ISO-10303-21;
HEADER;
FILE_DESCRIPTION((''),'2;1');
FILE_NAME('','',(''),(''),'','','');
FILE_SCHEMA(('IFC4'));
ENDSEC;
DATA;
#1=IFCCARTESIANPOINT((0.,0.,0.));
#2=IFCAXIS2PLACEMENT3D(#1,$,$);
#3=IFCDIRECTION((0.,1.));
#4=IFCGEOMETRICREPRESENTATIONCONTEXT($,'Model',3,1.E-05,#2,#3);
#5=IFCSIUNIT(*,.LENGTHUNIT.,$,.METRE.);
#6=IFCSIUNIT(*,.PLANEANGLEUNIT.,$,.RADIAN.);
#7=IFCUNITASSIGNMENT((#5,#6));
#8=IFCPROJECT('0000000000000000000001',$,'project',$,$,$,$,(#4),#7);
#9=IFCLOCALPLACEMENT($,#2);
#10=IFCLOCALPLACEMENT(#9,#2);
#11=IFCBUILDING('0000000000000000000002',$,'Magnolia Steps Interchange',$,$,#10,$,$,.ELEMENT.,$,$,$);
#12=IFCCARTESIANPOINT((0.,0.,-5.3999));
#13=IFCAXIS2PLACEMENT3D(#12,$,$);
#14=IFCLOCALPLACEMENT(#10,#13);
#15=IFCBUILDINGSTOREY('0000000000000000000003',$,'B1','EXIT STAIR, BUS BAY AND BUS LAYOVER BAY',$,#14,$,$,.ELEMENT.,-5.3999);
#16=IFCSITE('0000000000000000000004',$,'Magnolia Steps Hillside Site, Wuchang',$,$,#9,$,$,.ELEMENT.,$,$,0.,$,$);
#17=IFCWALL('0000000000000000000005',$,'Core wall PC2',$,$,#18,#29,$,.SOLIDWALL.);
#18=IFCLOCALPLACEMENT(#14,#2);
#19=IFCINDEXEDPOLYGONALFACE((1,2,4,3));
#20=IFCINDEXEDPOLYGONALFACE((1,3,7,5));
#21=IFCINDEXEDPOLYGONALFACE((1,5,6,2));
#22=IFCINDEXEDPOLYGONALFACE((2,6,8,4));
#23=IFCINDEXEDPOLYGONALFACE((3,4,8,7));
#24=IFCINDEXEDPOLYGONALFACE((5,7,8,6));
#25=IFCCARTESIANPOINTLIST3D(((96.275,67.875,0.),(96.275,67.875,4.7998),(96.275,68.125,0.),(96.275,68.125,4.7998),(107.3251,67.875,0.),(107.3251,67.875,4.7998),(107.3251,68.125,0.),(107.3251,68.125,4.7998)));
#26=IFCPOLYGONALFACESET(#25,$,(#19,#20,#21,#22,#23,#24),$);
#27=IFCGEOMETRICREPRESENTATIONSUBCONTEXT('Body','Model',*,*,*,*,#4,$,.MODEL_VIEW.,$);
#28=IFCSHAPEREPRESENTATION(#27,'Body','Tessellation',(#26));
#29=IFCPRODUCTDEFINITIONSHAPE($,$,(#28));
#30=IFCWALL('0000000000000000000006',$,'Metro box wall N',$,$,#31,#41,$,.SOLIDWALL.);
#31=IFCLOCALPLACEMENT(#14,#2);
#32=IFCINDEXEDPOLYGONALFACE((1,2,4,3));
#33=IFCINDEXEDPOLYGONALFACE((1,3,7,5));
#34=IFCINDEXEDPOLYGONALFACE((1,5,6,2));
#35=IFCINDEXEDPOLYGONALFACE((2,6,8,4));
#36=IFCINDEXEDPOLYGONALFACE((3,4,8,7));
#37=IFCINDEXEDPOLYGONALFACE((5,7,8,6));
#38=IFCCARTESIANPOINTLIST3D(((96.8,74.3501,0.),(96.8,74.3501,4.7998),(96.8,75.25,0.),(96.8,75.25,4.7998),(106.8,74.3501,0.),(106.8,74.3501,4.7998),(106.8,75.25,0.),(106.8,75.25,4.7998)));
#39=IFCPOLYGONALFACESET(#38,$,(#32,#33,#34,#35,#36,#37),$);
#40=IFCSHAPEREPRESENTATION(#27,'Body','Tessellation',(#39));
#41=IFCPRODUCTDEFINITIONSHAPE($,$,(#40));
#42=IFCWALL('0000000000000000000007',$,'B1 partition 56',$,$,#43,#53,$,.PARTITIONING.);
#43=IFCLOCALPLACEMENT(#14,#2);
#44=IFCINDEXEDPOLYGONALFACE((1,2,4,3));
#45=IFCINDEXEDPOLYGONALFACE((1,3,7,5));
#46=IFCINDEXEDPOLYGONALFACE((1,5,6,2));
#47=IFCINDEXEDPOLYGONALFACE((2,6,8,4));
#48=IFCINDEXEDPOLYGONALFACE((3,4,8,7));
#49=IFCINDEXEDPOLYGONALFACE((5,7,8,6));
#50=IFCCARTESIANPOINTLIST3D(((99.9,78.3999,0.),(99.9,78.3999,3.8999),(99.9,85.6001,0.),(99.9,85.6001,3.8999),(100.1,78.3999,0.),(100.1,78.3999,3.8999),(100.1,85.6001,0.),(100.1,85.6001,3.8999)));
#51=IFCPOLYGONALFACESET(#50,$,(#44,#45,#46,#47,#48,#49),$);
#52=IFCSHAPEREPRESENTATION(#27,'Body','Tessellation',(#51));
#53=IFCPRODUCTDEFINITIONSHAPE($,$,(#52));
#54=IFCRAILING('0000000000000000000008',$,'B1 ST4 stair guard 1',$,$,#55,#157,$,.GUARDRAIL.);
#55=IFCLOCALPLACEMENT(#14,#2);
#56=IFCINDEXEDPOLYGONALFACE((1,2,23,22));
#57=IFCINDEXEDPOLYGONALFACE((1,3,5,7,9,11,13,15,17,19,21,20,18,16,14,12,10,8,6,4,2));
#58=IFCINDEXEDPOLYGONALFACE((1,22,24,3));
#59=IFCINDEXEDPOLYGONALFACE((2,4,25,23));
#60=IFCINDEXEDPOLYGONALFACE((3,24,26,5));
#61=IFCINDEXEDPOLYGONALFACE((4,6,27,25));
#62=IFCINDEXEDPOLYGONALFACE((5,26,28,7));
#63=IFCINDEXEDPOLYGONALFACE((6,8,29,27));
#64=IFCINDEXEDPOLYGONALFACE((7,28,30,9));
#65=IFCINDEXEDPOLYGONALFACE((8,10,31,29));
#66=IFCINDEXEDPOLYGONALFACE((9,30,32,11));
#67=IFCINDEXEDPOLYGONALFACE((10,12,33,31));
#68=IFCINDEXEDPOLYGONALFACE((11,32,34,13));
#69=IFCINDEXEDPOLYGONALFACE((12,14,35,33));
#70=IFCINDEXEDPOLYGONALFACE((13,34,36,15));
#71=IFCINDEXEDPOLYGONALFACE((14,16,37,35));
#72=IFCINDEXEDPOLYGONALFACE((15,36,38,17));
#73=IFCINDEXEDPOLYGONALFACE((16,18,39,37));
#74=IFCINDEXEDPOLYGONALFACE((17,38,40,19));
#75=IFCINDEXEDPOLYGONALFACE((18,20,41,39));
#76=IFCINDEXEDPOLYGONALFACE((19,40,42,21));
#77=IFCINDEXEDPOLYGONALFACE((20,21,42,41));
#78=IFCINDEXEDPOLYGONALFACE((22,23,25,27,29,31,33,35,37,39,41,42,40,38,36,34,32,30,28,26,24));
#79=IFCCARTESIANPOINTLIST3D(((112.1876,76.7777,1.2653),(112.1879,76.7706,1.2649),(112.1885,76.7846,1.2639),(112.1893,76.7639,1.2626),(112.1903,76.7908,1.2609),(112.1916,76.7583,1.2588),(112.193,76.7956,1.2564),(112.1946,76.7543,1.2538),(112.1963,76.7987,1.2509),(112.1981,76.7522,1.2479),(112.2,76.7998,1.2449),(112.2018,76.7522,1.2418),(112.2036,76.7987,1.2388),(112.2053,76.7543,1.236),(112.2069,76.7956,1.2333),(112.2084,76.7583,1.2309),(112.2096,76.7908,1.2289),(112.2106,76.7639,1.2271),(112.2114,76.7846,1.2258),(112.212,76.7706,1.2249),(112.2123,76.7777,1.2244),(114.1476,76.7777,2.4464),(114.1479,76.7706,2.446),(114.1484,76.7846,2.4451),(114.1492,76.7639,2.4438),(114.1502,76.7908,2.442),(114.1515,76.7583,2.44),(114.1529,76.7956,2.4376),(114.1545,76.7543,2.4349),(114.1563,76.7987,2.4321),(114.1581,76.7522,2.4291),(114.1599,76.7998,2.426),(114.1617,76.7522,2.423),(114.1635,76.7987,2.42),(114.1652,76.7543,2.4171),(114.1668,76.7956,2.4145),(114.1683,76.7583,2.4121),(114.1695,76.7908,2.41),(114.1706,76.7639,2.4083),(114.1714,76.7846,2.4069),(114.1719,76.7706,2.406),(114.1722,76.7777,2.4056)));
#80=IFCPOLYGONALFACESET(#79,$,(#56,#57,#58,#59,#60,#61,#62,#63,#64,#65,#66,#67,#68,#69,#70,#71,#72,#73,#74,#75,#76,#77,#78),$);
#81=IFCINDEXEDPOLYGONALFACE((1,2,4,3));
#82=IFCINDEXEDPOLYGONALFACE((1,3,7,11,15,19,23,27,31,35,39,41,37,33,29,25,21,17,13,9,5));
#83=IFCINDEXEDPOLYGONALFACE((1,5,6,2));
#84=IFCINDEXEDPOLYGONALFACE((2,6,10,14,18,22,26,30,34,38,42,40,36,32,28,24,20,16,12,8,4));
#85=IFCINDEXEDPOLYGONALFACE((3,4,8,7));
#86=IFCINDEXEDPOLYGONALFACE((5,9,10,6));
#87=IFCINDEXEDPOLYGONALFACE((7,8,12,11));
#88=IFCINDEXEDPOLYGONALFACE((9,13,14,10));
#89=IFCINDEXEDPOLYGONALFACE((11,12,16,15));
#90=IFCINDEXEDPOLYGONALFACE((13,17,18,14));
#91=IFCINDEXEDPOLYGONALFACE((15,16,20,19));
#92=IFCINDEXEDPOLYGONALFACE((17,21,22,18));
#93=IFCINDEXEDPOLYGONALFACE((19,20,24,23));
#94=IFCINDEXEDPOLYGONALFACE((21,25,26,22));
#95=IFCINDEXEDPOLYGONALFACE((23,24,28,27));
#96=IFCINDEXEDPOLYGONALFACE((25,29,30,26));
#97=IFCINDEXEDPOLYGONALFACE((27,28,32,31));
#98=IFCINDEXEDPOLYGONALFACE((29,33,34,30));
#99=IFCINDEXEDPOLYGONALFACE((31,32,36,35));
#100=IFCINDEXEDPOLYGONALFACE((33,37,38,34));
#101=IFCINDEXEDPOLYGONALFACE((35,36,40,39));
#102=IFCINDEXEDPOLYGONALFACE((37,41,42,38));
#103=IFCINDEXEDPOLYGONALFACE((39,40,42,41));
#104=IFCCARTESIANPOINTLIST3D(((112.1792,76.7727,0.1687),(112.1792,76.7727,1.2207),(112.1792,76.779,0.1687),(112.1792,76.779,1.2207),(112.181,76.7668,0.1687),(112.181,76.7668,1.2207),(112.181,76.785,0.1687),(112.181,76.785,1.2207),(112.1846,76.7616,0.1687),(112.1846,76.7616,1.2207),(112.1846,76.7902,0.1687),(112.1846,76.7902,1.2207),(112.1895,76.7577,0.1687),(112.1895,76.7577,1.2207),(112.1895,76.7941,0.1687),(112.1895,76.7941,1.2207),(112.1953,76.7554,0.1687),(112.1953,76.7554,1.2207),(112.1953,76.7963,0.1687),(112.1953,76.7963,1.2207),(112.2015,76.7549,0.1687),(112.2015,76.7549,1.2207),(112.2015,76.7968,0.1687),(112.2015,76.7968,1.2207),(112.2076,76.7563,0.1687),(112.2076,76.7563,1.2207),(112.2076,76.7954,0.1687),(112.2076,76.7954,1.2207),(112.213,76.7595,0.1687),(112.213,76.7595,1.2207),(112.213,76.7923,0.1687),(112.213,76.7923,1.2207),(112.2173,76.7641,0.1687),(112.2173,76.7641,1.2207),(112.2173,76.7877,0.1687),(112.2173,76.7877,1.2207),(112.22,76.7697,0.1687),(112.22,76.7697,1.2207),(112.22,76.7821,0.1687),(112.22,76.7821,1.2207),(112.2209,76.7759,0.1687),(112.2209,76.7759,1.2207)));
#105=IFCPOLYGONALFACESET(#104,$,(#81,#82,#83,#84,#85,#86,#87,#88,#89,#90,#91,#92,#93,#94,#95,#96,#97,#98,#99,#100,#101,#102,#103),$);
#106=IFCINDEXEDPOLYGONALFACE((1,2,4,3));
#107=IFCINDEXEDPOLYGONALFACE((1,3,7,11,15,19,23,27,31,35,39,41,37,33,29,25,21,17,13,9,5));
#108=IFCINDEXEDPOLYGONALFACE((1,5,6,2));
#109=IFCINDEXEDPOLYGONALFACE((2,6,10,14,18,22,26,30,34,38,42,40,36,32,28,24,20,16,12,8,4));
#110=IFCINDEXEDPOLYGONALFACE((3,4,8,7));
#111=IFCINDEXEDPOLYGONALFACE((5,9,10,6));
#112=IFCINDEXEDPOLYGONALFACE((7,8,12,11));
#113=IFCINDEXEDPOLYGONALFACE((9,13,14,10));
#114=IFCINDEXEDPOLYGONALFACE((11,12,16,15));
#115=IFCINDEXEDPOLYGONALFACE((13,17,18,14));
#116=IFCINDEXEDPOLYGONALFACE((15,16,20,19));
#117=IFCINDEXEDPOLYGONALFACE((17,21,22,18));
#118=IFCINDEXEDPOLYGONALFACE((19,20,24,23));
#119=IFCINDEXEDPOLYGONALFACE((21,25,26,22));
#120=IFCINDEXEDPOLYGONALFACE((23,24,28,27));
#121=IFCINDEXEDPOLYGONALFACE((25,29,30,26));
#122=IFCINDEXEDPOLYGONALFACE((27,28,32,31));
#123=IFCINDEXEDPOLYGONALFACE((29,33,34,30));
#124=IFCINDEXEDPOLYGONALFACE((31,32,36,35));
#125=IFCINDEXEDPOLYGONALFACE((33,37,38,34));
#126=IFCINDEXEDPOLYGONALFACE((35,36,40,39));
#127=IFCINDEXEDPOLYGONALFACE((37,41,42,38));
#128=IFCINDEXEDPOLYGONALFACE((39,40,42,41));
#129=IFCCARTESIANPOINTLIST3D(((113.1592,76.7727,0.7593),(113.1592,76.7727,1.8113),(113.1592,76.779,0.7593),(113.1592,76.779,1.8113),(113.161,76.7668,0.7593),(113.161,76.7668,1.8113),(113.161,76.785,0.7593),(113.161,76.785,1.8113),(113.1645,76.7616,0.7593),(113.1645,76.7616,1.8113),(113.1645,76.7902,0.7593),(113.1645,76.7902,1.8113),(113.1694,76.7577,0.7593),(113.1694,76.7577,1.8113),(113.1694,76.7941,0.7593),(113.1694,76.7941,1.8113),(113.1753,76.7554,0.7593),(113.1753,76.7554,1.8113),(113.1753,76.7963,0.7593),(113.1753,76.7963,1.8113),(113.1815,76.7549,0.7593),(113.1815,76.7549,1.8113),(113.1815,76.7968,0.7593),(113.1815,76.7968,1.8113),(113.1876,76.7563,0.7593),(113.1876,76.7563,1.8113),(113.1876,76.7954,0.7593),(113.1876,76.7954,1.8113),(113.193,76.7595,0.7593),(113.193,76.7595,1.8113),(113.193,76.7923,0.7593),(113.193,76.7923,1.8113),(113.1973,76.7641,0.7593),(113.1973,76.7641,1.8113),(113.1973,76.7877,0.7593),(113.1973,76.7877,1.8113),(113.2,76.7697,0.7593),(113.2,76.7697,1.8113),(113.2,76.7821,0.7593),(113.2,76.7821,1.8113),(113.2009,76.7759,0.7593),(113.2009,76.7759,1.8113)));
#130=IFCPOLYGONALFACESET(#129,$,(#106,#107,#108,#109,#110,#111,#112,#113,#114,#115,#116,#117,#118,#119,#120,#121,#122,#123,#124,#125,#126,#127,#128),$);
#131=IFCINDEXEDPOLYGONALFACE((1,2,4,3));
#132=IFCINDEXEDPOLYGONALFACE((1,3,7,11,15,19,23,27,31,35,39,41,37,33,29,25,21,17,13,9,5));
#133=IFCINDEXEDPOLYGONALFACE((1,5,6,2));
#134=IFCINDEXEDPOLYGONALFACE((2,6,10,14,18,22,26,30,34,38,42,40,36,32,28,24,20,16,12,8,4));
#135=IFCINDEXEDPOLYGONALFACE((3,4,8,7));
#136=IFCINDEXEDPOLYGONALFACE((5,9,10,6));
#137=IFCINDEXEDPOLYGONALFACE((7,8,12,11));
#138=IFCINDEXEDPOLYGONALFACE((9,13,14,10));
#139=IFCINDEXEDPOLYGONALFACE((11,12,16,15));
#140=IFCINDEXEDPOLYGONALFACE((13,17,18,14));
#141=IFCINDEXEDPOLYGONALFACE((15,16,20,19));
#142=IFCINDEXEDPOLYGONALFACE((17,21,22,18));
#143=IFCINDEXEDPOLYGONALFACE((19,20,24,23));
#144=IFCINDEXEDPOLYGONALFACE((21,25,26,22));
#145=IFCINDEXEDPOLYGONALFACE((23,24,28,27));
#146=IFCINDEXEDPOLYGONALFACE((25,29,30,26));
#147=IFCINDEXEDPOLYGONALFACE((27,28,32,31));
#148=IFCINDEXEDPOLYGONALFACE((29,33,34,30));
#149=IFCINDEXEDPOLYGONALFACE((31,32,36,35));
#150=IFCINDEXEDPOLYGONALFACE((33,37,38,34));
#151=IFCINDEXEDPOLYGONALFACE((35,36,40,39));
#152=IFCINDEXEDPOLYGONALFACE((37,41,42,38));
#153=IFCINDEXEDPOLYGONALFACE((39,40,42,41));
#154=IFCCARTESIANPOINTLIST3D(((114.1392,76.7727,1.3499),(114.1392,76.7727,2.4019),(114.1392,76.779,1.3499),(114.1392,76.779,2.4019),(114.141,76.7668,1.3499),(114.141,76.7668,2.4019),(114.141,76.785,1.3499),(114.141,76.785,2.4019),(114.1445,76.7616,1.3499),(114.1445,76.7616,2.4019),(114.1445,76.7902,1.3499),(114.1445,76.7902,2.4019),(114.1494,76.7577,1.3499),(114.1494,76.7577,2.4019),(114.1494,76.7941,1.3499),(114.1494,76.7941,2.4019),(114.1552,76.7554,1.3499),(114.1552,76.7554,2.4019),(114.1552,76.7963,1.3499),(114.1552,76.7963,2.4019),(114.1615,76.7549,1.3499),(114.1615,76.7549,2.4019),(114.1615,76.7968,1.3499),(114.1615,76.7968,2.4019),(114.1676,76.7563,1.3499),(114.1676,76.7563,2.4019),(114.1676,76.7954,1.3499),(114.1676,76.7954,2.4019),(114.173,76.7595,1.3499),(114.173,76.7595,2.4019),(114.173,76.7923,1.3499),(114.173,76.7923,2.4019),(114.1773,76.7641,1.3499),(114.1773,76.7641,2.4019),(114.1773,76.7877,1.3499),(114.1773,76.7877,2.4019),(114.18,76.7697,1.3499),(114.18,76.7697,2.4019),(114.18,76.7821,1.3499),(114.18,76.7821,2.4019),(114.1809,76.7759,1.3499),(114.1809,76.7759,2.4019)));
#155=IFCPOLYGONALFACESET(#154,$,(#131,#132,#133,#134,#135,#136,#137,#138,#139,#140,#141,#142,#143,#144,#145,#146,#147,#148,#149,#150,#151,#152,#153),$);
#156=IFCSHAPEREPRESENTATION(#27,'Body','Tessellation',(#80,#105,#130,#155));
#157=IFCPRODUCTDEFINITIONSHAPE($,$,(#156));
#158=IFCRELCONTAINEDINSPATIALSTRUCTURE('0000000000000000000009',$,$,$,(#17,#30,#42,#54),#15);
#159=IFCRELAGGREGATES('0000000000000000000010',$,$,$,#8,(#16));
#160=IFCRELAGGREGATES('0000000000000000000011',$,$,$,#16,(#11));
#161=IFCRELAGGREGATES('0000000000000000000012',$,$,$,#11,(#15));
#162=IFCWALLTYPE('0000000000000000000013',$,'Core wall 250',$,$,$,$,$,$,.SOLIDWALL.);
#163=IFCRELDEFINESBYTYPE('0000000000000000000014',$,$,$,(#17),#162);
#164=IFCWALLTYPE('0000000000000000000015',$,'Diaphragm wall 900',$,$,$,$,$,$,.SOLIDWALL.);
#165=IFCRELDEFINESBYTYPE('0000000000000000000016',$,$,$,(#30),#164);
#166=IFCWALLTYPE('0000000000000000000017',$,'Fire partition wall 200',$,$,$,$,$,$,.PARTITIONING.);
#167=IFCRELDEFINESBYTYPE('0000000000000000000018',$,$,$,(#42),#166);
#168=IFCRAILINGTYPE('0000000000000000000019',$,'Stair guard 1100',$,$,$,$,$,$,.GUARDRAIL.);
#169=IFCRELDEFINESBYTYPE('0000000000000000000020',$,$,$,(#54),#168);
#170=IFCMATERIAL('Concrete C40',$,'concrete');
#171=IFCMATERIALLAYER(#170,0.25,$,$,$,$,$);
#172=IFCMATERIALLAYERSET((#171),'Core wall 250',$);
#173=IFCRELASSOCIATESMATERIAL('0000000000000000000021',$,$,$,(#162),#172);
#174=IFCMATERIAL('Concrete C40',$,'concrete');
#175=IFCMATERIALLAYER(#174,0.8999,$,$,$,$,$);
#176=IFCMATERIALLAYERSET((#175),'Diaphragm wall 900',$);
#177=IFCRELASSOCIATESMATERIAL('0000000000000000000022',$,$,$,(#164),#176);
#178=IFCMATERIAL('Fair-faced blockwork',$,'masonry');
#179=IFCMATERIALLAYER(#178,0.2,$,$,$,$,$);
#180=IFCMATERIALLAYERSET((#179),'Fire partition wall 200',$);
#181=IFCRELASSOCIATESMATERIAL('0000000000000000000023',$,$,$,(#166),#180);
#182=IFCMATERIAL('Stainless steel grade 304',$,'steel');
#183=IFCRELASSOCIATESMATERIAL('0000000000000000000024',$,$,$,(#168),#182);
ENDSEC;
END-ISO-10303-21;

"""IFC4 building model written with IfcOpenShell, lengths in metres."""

from ifc_helpers import new_model, si_unit, direction, frame, frame_2d, origin, origin_2d, place, context, subcontext, project, spatial, rectangle, circle, extrude, material, layer, layer_set, type_object, element, save


model = new_model("IFC4")

# Units and contexts
model_context = context("Model", 3, precision=1e-05, world=origin(), true_north=direction((0.0, 1.0)))
body_context = subcontext(model_context, "Body", "Model", "MODEL_VIEW")
ifc_project = project(units=[si_unit("LENGTHUNIT", "METRE"), si_unit("PLANEANGLEUNIT", "RADIAN")], contexts=[model_context])

# Site, building, storey
site_placement = place(None, origin())
site = spatial("IfcSite", under=ifc_project, at=site_placement, Name="Magnolia Steps Hillside Site, Wuchang", CompositionType="ELEMENT", RefElevation=0.0)
building_placement = place(site_placement, origin())
building = spatial("IfcBuilding", under=site, at=building_placement, Name="Magnolia Steps Interchange", CompositionType="ELEMENT")
storey_placement = place(building_placement, frame((0.0, 0.0, -5.3999)))
storey = spatial("IfcBuildingStorey", under=building, at=storey_placement, Name="B1", Description="EXIT STAIR, BUS BAY AND BUS LAYOVER BAY", CompositionType="ELEMENT", Elevation=-5.3999)

# Shared definitions
ifc_material_1 = material(Name="Concrete C40", Category="concrete")
ifc_layer_1 = layer(ifc_material_1, 0.25)
ifc_layer_set_1 = layer_set([ifc_layer_1], Name="Core wall 250")
wall_type_1 = type_object("IfcWallType", Name="Core wall 250", PredefinedType="SOLIDWALL", material=ifc_layer_set_1)

# Walls
wall_1_placement = place(storey_placement, frame((107.325, 68.0, 0.0), z_axis=(0.0, 0.0, 1.0), x_axis=(-1.0, 0.0, 0.0)))
element("IfcWall", 1, at=wall_1_placement, inside=storey, type_object=wall_type_1, Name="Core wall PC2", PredefinedType="SOLIDWALL", context=body_context, shape_type="SweptSolid", body=[
    extrude(rectangle(XDim=11.05, YDim=0.25, at=frame_2d((5.5249, 0.0))), origin(), (0.0, 0.0, 1.0), 4.7998),
])
ifc_material_2 = material(Name="Concrete C40", Category="concrete")
ifc_layer_2 = layer(ifc_material_2, 0.8999)
ifc_layer_set_2 = layer_set([ifc_layer_2], Name="Diaphragm wall 900")
wall_type_2 = type_object("IfcWallType", Name="Diaphragm wall 900", PredefinedType="SOLIDWALL", material=ifc_layer_set_2)
wall_2_placement = place(storey_placement, frame((106.8, 74.8, 0.0), z_axis=(0.0, 0.0, 1.0), x_axis=(-1.0, 0.0, 0.0)))
element("IfcWall", 2, at=wall_2_placement, inside=storey, type_object=wall_type_2, Name="Metro box wall N", PredefinedType="SOLIDWALL", context=body_context, shape_type="SweptSolid", body=[
    extrude(rectangle(XDim=10.0, YDim=0.8999, at=frame_2d((5.0, 0.0))), origin(), (0.0, 0.0, 1.0), 4.7998),
])
ifc_material_3 = material(Name="Fair-faced blockwork", Category="masonry")
ifc_layer_3 = layer(ifc_material_3, 0.2)
ifc_layer_set_3 = layer_set([ifc_layer_3], Name="Fire partition wall 200")
wall_type_3 = type_object("IfcWallType", Name="Fire partition wall 200", PredefinedType="PARTITIONING", material=ifc_layer_set_3)
wall_3_placement = place(storey_placement, frame((100.0, 78.3999, 0.0), z_axis=(0.0, 0.0, 1.0), x_axis=(0.0, 1.0, 0.0)))
element("IfcWall", 3, at=wall_3_placement, inside=storey, type_object=wall_type_3, Name="B1 partition 56", PredefinedType="PARTITIONING", context=body_context, shape_type="SweptSolid", body=[
    extrude(rectangle(XDim=7.2002, YDim=0.2, at=frame_2d((3.6001, 0.0))), origin(), (0.0, 0.0, 1.0), 3.8999),
])

# Railing
ifc_material_4 = material(Name="Stainless steel grade 304", Category="steel")
railing_type_1 = type_object("IfcRailingType", Name="Stair guard 1100", PredefinedType="GUARDRAIL", material=ifc_material_4)
railing_1_placement = place(storey_placement, frame((112.2, 76.7759, 0.1687)))
element("IfcRailing", 4, at=railing_1_placement, inside=storey, type_object=railing_type_1, Name="B1 ST4 stair guard 1", PredefinedType="GUARDRAIL", context=body_context, shape_type="SweptSolid", body=[
    extrude(circle(Radius=0.0239, at=origin_2d()), frame((0.0, 0.0, 1.0762), z_axis=(0.856493, 0.0, 0.516158), x_axis=(0.0, 1.0, 0.0)), (0.0, 0.0, 1.0), 2.2883),
    extrude(circle(Radius=0.021, at=origin_2d()), origin(), (0.0, 0.0, 1.0), 1.052),
    extrude(circle(Radius=0.021, at=origin_2d()), frame((0.98, 0.0, 0.5906)), (0.0, 0.0, 1.0), 1.052),
    extrude(circle(Radius=0.021, at=origin_2d()), frame((1.96, 0.0, 1.1812)), (0.0, 0.0, 1.0), 1.052),
])

save(model, "model.ifc")
